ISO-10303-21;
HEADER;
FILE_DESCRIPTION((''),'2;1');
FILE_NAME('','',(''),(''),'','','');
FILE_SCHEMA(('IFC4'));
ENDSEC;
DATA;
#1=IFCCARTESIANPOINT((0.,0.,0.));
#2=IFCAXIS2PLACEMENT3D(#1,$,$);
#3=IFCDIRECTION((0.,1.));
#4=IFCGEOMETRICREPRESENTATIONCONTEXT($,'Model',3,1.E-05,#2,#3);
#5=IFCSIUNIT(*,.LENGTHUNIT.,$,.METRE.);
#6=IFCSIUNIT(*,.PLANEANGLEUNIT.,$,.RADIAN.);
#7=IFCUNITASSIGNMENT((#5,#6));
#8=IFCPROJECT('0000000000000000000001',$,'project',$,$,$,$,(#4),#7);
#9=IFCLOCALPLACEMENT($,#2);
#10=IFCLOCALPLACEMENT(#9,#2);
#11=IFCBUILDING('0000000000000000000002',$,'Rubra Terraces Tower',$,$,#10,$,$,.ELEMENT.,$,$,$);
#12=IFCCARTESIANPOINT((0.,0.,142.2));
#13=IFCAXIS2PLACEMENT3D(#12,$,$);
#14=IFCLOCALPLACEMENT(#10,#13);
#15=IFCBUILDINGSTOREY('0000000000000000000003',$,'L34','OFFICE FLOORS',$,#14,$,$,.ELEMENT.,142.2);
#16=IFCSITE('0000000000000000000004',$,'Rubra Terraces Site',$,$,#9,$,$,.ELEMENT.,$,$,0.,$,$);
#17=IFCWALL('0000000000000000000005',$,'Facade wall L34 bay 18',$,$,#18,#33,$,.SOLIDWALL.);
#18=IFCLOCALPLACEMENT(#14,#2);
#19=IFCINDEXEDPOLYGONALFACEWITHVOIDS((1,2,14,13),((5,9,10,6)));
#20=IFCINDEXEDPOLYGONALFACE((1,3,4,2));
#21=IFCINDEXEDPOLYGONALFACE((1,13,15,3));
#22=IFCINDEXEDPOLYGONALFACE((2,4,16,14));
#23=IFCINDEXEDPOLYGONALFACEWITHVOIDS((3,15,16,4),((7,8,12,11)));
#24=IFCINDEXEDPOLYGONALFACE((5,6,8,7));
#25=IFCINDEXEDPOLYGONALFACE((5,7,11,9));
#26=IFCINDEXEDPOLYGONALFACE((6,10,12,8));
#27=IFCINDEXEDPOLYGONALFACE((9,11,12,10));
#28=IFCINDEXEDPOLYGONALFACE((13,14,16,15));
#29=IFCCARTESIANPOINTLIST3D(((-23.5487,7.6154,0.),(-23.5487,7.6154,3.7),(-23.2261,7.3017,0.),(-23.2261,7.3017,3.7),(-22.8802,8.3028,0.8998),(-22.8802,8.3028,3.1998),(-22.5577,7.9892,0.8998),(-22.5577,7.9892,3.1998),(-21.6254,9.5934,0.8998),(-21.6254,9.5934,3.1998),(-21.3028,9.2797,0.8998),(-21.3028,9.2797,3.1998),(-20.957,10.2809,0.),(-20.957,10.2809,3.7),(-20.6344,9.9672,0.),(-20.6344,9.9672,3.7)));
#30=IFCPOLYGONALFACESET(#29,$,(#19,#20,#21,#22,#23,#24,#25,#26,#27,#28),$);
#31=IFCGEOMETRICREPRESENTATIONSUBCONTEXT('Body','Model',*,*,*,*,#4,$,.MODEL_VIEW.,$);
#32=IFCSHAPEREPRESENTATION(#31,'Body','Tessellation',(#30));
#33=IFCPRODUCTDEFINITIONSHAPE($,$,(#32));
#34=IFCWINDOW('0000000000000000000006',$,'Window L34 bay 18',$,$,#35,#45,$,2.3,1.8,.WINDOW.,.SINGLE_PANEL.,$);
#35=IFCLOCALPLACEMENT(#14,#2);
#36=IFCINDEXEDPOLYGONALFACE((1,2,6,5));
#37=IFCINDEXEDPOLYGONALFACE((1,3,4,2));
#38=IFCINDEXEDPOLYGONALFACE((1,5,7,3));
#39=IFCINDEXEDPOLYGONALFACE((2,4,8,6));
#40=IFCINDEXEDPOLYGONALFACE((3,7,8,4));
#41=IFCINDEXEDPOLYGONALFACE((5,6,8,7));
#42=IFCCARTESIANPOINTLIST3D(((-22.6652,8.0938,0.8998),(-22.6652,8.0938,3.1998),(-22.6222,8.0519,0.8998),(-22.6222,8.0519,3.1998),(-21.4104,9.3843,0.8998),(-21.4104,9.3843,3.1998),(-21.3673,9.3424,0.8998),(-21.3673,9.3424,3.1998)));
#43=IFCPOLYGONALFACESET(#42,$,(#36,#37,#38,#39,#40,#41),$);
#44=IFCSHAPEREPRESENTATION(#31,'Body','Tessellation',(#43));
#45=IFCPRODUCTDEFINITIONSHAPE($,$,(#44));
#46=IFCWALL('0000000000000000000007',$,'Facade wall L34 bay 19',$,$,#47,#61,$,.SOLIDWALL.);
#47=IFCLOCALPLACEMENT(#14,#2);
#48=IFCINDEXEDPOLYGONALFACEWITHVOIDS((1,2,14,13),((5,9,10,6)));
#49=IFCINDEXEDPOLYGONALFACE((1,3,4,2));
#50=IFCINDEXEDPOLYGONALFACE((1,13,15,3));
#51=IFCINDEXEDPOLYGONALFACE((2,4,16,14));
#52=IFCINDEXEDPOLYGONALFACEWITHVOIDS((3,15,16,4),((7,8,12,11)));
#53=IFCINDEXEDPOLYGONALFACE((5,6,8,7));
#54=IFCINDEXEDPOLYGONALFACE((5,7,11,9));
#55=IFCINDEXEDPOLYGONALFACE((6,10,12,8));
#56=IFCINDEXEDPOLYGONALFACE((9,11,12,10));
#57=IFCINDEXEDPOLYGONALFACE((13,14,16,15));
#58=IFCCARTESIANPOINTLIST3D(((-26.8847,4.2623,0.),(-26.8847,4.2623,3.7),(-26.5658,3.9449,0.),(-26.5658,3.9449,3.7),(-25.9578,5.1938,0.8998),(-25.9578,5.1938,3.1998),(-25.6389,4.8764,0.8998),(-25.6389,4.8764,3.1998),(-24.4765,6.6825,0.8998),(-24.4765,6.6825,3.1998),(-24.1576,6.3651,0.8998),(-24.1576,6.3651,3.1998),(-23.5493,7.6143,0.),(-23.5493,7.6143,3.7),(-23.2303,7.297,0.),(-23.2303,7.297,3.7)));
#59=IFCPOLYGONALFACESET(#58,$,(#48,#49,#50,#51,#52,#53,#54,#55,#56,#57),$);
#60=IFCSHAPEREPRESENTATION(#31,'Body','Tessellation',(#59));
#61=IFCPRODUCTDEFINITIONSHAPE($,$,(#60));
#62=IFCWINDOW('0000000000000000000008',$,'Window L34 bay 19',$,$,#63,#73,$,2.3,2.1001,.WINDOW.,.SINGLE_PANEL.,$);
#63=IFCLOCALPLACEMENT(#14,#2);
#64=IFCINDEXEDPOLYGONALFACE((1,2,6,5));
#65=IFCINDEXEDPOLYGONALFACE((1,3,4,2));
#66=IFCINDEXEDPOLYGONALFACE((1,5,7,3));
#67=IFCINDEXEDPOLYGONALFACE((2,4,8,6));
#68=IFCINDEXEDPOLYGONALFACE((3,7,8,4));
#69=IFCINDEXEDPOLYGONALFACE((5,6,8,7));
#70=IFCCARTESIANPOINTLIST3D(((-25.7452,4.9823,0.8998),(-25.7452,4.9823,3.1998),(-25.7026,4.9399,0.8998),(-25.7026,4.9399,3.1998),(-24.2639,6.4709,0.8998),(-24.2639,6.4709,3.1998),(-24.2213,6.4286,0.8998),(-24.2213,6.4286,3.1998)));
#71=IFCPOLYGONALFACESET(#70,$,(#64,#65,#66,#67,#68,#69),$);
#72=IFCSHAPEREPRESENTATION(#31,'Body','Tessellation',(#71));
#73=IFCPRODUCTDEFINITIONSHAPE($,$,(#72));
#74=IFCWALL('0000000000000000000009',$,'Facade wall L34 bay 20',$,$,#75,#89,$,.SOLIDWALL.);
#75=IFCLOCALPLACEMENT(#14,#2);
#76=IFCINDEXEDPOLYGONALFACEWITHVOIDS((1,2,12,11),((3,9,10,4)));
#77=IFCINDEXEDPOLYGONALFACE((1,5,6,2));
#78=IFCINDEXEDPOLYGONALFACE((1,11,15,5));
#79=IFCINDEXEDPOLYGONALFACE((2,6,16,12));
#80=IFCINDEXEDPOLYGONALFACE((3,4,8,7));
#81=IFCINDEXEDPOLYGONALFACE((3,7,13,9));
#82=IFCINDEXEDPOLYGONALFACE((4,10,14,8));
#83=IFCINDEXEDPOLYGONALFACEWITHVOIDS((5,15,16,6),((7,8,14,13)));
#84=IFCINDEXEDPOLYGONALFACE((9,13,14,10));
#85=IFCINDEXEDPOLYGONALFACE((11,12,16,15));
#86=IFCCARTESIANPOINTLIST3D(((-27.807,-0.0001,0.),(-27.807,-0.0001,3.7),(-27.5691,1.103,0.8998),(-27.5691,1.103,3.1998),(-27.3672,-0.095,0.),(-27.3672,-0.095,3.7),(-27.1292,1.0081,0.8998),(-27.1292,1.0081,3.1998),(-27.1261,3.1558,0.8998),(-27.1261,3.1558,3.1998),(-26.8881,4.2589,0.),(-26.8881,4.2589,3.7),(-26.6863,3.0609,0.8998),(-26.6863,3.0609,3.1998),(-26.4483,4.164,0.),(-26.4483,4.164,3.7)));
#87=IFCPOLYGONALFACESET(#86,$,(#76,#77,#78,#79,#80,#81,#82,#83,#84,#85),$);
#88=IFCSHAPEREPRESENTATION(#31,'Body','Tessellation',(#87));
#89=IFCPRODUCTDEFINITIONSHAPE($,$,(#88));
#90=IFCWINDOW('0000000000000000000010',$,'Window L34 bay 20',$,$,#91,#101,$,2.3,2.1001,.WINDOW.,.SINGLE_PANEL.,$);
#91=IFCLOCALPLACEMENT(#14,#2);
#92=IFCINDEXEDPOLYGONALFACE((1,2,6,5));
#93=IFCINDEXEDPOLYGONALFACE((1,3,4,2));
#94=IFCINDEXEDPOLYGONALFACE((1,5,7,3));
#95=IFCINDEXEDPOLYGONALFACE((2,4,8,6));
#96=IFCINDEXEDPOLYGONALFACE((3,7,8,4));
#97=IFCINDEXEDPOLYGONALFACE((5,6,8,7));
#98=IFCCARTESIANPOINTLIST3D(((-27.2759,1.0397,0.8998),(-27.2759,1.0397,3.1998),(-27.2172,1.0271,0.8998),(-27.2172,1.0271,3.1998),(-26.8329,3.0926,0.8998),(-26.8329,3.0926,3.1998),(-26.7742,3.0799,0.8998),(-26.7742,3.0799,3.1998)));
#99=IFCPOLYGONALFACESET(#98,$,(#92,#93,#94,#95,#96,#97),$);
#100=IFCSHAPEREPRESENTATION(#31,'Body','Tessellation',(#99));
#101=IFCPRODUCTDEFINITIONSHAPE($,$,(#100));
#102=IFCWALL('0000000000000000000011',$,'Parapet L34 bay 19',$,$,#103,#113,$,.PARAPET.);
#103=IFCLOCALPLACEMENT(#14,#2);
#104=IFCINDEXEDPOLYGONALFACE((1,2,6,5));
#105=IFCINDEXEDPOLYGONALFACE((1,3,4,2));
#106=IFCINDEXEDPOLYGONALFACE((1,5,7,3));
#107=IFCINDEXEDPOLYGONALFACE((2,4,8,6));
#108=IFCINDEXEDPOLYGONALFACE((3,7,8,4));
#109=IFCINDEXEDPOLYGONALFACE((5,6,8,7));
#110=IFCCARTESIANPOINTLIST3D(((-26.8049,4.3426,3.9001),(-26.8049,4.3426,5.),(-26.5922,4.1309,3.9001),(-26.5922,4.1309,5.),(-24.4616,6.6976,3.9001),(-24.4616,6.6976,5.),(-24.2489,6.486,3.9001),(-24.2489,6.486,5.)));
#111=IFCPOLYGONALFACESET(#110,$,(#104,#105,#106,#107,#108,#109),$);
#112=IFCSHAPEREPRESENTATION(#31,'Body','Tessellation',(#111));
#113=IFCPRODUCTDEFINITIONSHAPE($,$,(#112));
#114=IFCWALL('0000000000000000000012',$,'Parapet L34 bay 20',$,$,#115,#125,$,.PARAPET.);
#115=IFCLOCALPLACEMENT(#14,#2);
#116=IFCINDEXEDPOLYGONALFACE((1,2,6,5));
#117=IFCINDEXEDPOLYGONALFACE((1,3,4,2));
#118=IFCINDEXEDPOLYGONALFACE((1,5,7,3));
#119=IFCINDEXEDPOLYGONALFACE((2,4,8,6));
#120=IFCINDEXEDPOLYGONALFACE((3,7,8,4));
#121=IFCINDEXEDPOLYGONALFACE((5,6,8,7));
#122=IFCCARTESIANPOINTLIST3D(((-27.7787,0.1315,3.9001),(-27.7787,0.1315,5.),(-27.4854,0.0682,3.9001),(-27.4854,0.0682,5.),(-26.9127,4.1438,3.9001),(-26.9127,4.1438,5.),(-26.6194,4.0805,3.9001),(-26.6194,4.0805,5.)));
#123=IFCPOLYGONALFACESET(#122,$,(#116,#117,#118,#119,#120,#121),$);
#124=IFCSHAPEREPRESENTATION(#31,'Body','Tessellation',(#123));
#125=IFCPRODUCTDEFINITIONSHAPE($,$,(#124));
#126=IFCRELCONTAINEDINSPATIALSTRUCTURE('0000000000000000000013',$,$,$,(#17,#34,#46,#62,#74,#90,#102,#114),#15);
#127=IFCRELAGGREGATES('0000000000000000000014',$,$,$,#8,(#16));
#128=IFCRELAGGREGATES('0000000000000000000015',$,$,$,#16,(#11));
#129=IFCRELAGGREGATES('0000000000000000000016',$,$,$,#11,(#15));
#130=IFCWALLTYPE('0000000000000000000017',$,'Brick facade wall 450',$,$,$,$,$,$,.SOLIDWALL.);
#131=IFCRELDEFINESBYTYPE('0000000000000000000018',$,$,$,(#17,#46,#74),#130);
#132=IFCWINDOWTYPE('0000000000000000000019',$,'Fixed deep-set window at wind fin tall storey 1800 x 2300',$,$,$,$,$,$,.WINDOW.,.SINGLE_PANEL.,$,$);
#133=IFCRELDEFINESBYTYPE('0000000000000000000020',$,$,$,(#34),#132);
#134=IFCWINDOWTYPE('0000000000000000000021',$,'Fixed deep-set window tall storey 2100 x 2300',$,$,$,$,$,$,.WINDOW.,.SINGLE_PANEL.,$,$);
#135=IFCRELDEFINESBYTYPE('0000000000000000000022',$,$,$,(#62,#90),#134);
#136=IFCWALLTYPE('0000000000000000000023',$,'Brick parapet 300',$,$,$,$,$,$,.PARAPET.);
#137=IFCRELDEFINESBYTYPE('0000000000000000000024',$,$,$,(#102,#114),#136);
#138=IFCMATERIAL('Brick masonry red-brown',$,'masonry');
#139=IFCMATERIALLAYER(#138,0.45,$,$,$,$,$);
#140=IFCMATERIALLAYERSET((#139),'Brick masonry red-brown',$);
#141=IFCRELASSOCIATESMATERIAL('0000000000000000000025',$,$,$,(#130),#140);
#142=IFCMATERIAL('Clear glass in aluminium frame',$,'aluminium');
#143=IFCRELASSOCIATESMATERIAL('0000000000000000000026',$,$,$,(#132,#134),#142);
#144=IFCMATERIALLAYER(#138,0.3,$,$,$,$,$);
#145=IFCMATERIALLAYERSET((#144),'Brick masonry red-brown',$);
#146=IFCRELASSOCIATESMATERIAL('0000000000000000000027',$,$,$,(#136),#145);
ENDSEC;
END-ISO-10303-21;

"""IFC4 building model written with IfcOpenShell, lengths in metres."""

from ifc_helpers import new_model, si_unit, direction, frame, frame_2d, origin, place, context, subcontext, project, spatial, rectangle, extrude, material, layer, layer_set, type_object, element, fill, save


model = new_model("IFC4")

# Units and contexts
model_context = context("Model", 3, precision=1e-05, world=origin(), true_north=direction((0.0, 1.0)))
body_context = subcontext(model_context, "Body", "Model", "MODEL_VIEW")
ifc_project = project(units=[si_unit("LENGTHUNIT", "METRE"), si_unit("PLANEANGLEUNIT", "RADIAN")], contexts=[model_context])

# Site, building, storey
site_placement = place(None, origin())
site = spatial("IfcSite", under=ifc_project, at=site_placement, Name="Rubra Terraces Site", CompositionType="ELEMENT", RefElevation=0.0)
building_placement = place(site_placement, origin())
building = spatial("IfcBuilding", under=site, at=building_placement, Name="Rubra Terraces Tower", CompositionType="ELEMENT")
storey_placement = place(building_placement, frame((0.0, 0.0, 142.2)))
storey = spatial("IfcBuildingStorey", under=building, at=storey_placement, Name="L34", Description="OFFICE FLOORS", CompositionType="ELEMENT", Elevation=142.2)

# Walls, openings, windows
ifc_material_1 = material(Name="Brick masonry red-brown", Category="masonry")
ifc_layer_1 = layer(ifc_material_1, 0.45)
ifc_layer_set_1 = layer_set([ifc_layer_1], Name="Brick masonry red-brown")
wall_type_1 = type_object("IfcWallType", Name="Brick facade wall 450", PredefinedType="SOLIDWALL", material=ifc_layer_set_1)
wall_1_placement = place(storey_placement, frame((-20.7957, 10.124, 0.0), z_axis=(0.0, 0.0, 1.0), x_axis=(-0.697122, -0.716953, 0.0)))
wall_1 = element("IfcWall", 1, at=wall_1_placement, inside=storey, type_object=wall_type_1, Name="Facade wall L34 bay 18", PredefinedType="SOLIDWALL", context=body_context, shape_type="SweptSolid", body=[
    extrude(rectangle(XDim=3.7178, YDim=0.45, at=frame_2d((1.8589, 0.0))), origin(), (0.0, 0.0, 1.0), 3.7),
])
opening_1_placement = place(wall_1_placement, frame((0.959, 0.0, 0.8999)))
opening_1 = element("IfcOpeningElement", 2, at=opening_1_placement, cuts=wall_1, PredefinedType="OPENING", context=body_context, shape_type="SweptSolid", body=[
    extrude(rectangle(XDim=1.8, YDim=2.3, at=frame_2d((0.8999, 1.1499))), frame((0.0, 0.2349, 0.0), z_axis=(0.0, -1.0, 0.0), x_axis=(1.0, 0.0, 0.0)), (0.0, 0.0, 1.0), 0.47),
])
ifc_material_2 = material(Name="Clear glass in aluminium frame", Category="aluminium")
window_type_1 = type_object("IfcWindowType", Name="Fixed deep-set window at wind fin tall storey 1800 x 2300", PartitioningType="SINGLE_PANEL", PredefinedType="WINDOW", material=ifc_material_2)
window_1_placement = place(opening_1_placement, origin())
window_1 = element("IfcWindow", 3, at=window_1_placement, inside=storey, type_object=window_type_1, Name="Window L34 bay 18", OverallHeight=2.3, OverallWidth=1.8, PartitioningType="SINGLE_PANEL", PredefinedType="WINDOW", context=body_context, shape_type="SweptSolid", body=[
    extrude(rectangle(XDim=1.8, YDim=2.3, at=frame_2d((0.8999, 1.1499))), frame((0.0, 0.135, 0.0), z_axis=(0.0, -1.0, 0.0), x_axis=(1.0, 0.0, 0.0)), (0.0, 0.0, 1.0), 0.0601),
])
fill(opening_1, window_1)
wall_2_placement = place(storey_placement, frame((-23.3899, 7.4556, 0.0), z_axis=(0.0, 0.0, 1.0), x_axis=(-0.705349, -0.70886, 0.0)))
wall_2 = element("IfcWall", 4, at=wall_2_placement, inside=storey, type_object=wall_type_1, Name="Facade wall L34 bay 19", PredefinedType="SOLIDWALL", context=body_context, shape_type="SweptSolid", body=[
    extrude(rectangle(XDim=4.7288, YDim=0.45, at=frame_2d((2.3643, 0.0))), origin(), (0.0, 0.0, 1.0), 3.7),
])
opening_2_placement = place(wall_2_placement, frame((1.3145, 0.0, 0.8999)))
opening_2 = element("IfcOpeningElement", 5, at=opening_2_placement, cuts=wall_2, PredefinedType="OPENING", context=body_context, shape_type="SweptSolid", body=[
    extrude(rectangle(XDim=2.1001, YDim=2.3, at=frame_2d((1.05, 1.1499))), frame((0.0, 0.2349, 0.0), z_axis=(0.0, -1.0, 0.0), x_axis=(1.0, 0.0, 0.0)), (0.0, 0.0, 1.0), 0.47),
])
window_type_2 = type_object("IfcWindowType", Name="Fixed deep-set window tall storey 2100 x 2300", PartitioningType="SINGLE_PANEL", PredefinedType="WINDOW", material=ifc_material_2)
window_2_placement = place(opening_2_placement, origin())
window_2 = element("IfcWindow", 6, at=window_2_placement, inside=storey, type_object=window_type_2, Name="Window L34 bay 19", OverallHeight=2.3, OverallWidth=2.1001, PartitioningType="SINGLE_PANEL", PredefinedType="WINDOW", context=body_context, shape_type="SweptSolid", body=[
    extrude(rectangle(XDim=2.1001, YDim=2.3, at=frame_2d((1.05, 1.1499))), frame((0.0, 0.135, 0.0), z_axis=(0.0, -1.0, 0.0), x_axis=(1.0, 0.0, 0.0)), (0.0, 0.0, 1.0), 0.0601),
])
fill(opening_2, window_2)
wall_3_placement = place(storey_placement, frame((-26.6682, 4.2114, 0.0), z_axis=(0.0, 0.0, 1.0), x_axis=(-0.21091, -0.977505, 0.0)))
wall_3 = element("IfcWall", 7, at=wall_3_placement, inside=storey, type_object=wall_type_1, Name="Facade wall L34 bay 20", PredefinedType="SOLIDWALL", context=body_context, shape_type="SweptSolid", body=[
    extrude(rectangle(XDim=4.3569, YDim=0.45, at=frame_2d((2.1785, 0.0))), origin(), (0.0, 0.0, 1.0), 3.7),
])
opening_3_placement = place(wall_3_placement, frame((1.1284, 0.0, 0.8999)))
opening_3 = element("IfcOpeningElement", 8, at=opening_3_placement, cuts=wall_3, PredefinedType="OPENING", context=body_context, shape_type="SweptSolid", body=[
    extrude(rectangle(XDim=2.1001, YDim=2.3, at=frame_2d((1.05, 1.1499))), frame((0.0, 0.2349, 0.0), z_axis=(0.0, -1.0, 0.0), x_axis=(1.0, 0.0, 0.0)), (0.0, 0.0, 1.0), 0.47),
])
window_3_placement = place(opening_3_placement, origin())
window_3 = element("IfcWindow", 9, at=window_3_placement, inside=storey, type_object=window_type_2, Name="Window L34 bay 20", OverallHeight=2.3, OverallWidth=2.1001, PartitioningType="SINGLE_PANEL", PredefinedType="WINDOW", context=body_context, shape_type="SweptSolid", body=[
    extrude(rectangle(XDim=2.1001, YDim=2.3, at=frame_2d((1.05, 1.1499))), frame((0.0, 0.135, 0.0), z_axis=(0.0, -1.0, 0.0), x_axis=(1.0, 0.0, 0.0)), (0.0, 0.0, 1.0), 0.0601),
])
fill(opening_3, window_3)

# Walls
ifc_layer_2 = layer(ifc_material_1, 0.3)
ifc_layer_set_2 = layer_set([ifc_layer_2], Name="Brick masonry red-brown")
wall_type_2 = type_object("IfcWallType", Name="Brick parapet 300", PredefinedType="PARAPET", material=ifc_layer_set_2)
wall_4_placement = place(storey_placement, frame((-24.3552, 6.5918, 3.9001), z_axis=(0.0, 0.0, 1.0), x_axis=(-0.705341, -0.708868, 0.0)))
element("IfcWall", 10, at=wall_4_placement, inside=storey, type_object=wall_type_2, Name="Parapet L34 bay 19", PredefinedType="PARAPET", context=body_context, shape_type="SweptSolid", body=[
    extrude(rectangle(XDim=3.3223, YDim=0.3, at=frame_2d((1.6611, 0.0))), origin(), (0.0, 0.0, 1.0), 1.0999),
])
wall_5_placement = place(storey_placement, frame((-26.7661, 4.1121, 3.9001), z_axis=(0.0, 0.0, 1.0), x_axis=(-0.210963, -0.977494, 0.0)))
element("IfcWall", 11, at=wall_5_placement, inside=storey, type_object=wall_type_2, Name="Parapet L34 bay 20", PredefinedType="PARAPET", context=body_context, shape_type="SweptSolid", body=[
    extrude(rectangle(XDim=4.1047, YDim=0.3, at=frame_2d((2.0522, 0.0))), origin(), (0.0, 0.0, 1.0), 1.0999),
])

save(model, "model.ifc")
